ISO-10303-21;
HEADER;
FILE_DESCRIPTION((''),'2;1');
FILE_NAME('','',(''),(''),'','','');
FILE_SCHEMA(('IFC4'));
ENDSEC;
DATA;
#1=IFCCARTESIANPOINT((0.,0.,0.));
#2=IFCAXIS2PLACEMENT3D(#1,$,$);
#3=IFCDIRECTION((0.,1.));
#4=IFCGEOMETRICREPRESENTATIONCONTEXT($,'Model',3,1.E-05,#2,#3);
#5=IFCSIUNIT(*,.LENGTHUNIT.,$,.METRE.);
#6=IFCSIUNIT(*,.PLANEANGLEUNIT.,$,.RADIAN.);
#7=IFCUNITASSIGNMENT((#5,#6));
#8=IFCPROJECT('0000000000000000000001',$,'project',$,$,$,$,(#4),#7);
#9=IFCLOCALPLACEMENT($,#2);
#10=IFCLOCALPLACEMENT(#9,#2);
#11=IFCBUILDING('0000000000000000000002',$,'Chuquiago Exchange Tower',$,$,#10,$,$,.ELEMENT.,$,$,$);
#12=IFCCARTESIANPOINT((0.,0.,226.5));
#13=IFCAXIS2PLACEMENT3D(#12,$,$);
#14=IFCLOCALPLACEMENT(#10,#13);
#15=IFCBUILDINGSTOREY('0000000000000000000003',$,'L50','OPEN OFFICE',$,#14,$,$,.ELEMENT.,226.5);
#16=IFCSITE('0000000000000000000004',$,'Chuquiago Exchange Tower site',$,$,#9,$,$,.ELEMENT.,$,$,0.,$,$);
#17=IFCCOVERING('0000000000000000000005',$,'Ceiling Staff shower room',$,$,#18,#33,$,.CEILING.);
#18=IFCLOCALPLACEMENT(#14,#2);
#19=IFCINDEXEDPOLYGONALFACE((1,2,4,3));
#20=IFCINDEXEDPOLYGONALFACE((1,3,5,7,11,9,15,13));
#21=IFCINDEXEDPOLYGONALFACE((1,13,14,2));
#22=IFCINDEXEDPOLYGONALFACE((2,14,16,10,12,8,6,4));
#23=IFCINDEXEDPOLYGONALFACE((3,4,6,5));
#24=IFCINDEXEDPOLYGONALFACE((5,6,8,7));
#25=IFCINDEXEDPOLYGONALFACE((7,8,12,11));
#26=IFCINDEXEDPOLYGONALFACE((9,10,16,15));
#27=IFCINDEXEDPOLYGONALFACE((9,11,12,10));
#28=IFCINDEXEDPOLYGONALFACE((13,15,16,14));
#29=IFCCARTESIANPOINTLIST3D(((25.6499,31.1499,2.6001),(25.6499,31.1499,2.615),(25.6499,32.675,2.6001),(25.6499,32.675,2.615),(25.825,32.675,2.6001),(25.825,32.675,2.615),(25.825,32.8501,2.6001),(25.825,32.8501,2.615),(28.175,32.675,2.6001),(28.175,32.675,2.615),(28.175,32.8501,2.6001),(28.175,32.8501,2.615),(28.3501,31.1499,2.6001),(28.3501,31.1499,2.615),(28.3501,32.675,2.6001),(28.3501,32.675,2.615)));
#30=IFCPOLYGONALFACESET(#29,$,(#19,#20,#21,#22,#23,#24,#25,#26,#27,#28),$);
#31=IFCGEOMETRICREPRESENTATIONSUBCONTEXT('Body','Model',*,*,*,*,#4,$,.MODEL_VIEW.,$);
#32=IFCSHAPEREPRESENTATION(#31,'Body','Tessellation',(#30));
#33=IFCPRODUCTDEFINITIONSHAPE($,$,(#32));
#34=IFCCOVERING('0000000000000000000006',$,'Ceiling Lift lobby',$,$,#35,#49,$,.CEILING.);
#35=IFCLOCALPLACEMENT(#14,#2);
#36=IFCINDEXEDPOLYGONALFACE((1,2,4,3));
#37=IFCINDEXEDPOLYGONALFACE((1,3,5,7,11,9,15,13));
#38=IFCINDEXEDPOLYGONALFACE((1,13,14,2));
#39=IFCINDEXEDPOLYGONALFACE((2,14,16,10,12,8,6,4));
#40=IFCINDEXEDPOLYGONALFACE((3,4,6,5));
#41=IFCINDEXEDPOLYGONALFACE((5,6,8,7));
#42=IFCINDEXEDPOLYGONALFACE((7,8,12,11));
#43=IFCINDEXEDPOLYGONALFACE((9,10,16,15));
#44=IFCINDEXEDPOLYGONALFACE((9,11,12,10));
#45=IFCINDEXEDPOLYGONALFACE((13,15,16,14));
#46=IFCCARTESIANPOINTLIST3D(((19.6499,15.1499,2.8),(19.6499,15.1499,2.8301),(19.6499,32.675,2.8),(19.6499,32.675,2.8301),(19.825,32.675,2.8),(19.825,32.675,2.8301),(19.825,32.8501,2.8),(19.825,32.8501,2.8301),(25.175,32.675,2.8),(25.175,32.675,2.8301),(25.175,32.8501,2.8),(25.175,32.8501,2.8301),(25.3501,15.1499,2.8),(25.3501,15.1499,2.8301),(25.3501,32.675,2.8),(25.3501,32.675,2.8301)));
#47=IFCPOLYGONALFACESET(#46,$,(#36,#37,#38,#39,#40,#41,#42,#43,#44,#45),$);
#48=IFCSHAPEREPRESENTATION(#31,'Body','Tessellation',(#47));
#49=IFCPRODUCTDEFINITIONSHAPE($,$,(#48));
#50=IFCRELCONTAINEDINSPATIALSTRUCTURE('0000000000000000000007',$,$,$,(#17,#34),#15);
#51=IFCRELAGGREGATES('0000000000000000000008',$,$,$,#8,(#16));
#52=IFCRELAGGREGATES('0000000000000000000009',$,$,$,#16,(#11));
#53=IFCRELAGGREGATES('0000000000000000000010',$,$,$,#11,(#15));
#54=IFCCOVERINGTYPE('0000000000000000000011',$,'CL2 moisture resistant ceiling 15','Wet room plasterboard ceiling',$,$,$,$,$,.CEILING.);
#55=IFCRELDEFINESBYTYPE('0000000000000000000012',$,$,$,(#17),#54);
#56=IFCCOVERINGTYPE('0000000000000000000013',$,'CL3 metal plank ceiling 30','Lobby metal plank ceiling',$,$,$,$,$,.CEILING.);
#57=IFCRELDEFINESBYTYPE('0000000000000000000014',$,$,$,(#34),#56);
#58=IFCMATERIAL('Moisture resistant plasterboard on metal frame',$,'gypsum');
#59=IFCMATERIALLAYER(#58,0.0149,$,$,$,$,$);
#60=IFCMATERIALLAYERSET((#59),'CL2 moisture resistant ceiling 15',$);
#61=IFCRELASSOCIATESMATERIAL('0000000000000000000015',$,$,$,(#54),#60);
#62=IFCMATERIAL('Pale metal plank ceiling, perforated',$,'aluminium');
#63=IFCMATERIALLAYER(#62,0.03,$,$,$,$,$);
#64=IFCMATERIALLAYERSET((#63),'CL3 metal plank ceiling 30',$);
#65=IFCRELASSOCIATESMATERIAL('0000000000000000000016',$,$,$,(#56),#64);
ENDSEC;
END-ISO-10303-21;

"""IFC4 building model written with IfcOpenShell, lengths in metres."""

from ifc_helpers import new_model, si_unit, direction, frame, origin, place, context, subcontext, project, spatial, polyline, outline, extrude, material, layer, layer_set, type_object, element, save


model = new_model("IFC4")

# Units and contexts
model_context = context("Model", 3, precision=1e-05, world=origin(), true_north=direction((0.0, 1.0)))
body_context = subcontext(model_context, "Body", "Model", "MODEL_VIEW")
ifc_project = project(units=[si_unit("LENGTHUNIT", "METRE"), si_unit("PLANEANGLEUNIT", "RADIAN")], contexts=[model_context])

# Site, building, storey
site_placement = place(None, origin())
site = spatial("IfcSite", under=ifc_project, at=site_placement, Name="Chuquiago Exchange Tower site", CompositionType="ELEMENT", RefElevation=0.0)
building_placement = place(site_placement, origin())
building = spatial("IfcBuilding", under=site, at=building_placement, Name="Chuquiago Exchange Tower", CompositionType="ELEMENT")
storey_placement = place(building_placement, frame((0.0, 0.0, 226.5)))
storey = spatial("IfcBuildingStorey", under=building, at=storey_placement, Name="L50", Description="OPEN OFFICE", CompositionType="ELEMENT", Elevation=226.5)

# Coverings
ifc_material_1 = material(Name="Moisture resistant plasterboard on metal frame", Category="gypsum")
ifc_layer_1 = layer(ifc_material_1, 0.0149)
ifc_layer_set_1 = layer_set([ifc_layer_1], Name="CL2 moisture resistant ceiling 15")
covering_type_1 = type_object("IfcCoveringType", Name="CL2 moisture resistant ceiling 15", Description="Wet room plasterboard ceiling", PredefinedType="CEILING", material=ifc_layer_set_1)
covering_1_placement = place(storey_placement, frame((0.0, 0.0, 2.6001)))
element("IfcCovering", 1, at=covering_1_placement, inside=storey, type_object=covering_type_1, Name="Ceiling Staff shower room", PredefinedType="CEILING", context=body_context, shape_type="SweptSolid", body=[
    extrude(outline(polyline([(25.6499, 31.1499), (25.6499, 32.675), (25.825, 32.675), (25.825, 32.8501), (28.175, 32.8501), (28.175, 32.675), (28.3501, 32.675), (28.3501, 31.1499), (25.6499, 31.1499)])), origin(), (0.0, 0.0, 1.0), 0.0149),
])
ifc_material_2 = material(Name="Pale metal plank ceiling, perforated", Category="aluminium")
ifc_layer_2 = layer(ifc_material_2, 0.03)
ifc_layer_set_2 = layer_set([ifc_layer_2], Name="CL3 metal plank ceiling 30")
covering_type_2 = type_object("IfcCoveringType", Name="CL3 metal plank ceiling 30", Description="Lobby metal plank ceiling", PredefinedType="CEILING", material=ifc_layer_set_2)
covering_2_placement = place(storey_placement, frame((0.0, 0.0, 2.8)))
element("IfcCovering", 2, at=covering_2_placement, inside=storey, type_object=covering_type_2, Name="Ceiling Lift lobby", PredefinedType="CEILING", context=body_context, shape_type="SweptSolid", body=[
    extrude(outline(polyline([(19.6499, 15.1499), (19.6499, 32.675), (19.825, 32.675), (19.825, 32.8501), (25.175, 32.8501), (25.175, 32.675), (25.3501, 32.675), (25.3501, 15.1499), (19.6499, 15.1499)])), origin(), (0.0, 0.0, 1.0), 0.03),
])

save(model, "model.ifc")
